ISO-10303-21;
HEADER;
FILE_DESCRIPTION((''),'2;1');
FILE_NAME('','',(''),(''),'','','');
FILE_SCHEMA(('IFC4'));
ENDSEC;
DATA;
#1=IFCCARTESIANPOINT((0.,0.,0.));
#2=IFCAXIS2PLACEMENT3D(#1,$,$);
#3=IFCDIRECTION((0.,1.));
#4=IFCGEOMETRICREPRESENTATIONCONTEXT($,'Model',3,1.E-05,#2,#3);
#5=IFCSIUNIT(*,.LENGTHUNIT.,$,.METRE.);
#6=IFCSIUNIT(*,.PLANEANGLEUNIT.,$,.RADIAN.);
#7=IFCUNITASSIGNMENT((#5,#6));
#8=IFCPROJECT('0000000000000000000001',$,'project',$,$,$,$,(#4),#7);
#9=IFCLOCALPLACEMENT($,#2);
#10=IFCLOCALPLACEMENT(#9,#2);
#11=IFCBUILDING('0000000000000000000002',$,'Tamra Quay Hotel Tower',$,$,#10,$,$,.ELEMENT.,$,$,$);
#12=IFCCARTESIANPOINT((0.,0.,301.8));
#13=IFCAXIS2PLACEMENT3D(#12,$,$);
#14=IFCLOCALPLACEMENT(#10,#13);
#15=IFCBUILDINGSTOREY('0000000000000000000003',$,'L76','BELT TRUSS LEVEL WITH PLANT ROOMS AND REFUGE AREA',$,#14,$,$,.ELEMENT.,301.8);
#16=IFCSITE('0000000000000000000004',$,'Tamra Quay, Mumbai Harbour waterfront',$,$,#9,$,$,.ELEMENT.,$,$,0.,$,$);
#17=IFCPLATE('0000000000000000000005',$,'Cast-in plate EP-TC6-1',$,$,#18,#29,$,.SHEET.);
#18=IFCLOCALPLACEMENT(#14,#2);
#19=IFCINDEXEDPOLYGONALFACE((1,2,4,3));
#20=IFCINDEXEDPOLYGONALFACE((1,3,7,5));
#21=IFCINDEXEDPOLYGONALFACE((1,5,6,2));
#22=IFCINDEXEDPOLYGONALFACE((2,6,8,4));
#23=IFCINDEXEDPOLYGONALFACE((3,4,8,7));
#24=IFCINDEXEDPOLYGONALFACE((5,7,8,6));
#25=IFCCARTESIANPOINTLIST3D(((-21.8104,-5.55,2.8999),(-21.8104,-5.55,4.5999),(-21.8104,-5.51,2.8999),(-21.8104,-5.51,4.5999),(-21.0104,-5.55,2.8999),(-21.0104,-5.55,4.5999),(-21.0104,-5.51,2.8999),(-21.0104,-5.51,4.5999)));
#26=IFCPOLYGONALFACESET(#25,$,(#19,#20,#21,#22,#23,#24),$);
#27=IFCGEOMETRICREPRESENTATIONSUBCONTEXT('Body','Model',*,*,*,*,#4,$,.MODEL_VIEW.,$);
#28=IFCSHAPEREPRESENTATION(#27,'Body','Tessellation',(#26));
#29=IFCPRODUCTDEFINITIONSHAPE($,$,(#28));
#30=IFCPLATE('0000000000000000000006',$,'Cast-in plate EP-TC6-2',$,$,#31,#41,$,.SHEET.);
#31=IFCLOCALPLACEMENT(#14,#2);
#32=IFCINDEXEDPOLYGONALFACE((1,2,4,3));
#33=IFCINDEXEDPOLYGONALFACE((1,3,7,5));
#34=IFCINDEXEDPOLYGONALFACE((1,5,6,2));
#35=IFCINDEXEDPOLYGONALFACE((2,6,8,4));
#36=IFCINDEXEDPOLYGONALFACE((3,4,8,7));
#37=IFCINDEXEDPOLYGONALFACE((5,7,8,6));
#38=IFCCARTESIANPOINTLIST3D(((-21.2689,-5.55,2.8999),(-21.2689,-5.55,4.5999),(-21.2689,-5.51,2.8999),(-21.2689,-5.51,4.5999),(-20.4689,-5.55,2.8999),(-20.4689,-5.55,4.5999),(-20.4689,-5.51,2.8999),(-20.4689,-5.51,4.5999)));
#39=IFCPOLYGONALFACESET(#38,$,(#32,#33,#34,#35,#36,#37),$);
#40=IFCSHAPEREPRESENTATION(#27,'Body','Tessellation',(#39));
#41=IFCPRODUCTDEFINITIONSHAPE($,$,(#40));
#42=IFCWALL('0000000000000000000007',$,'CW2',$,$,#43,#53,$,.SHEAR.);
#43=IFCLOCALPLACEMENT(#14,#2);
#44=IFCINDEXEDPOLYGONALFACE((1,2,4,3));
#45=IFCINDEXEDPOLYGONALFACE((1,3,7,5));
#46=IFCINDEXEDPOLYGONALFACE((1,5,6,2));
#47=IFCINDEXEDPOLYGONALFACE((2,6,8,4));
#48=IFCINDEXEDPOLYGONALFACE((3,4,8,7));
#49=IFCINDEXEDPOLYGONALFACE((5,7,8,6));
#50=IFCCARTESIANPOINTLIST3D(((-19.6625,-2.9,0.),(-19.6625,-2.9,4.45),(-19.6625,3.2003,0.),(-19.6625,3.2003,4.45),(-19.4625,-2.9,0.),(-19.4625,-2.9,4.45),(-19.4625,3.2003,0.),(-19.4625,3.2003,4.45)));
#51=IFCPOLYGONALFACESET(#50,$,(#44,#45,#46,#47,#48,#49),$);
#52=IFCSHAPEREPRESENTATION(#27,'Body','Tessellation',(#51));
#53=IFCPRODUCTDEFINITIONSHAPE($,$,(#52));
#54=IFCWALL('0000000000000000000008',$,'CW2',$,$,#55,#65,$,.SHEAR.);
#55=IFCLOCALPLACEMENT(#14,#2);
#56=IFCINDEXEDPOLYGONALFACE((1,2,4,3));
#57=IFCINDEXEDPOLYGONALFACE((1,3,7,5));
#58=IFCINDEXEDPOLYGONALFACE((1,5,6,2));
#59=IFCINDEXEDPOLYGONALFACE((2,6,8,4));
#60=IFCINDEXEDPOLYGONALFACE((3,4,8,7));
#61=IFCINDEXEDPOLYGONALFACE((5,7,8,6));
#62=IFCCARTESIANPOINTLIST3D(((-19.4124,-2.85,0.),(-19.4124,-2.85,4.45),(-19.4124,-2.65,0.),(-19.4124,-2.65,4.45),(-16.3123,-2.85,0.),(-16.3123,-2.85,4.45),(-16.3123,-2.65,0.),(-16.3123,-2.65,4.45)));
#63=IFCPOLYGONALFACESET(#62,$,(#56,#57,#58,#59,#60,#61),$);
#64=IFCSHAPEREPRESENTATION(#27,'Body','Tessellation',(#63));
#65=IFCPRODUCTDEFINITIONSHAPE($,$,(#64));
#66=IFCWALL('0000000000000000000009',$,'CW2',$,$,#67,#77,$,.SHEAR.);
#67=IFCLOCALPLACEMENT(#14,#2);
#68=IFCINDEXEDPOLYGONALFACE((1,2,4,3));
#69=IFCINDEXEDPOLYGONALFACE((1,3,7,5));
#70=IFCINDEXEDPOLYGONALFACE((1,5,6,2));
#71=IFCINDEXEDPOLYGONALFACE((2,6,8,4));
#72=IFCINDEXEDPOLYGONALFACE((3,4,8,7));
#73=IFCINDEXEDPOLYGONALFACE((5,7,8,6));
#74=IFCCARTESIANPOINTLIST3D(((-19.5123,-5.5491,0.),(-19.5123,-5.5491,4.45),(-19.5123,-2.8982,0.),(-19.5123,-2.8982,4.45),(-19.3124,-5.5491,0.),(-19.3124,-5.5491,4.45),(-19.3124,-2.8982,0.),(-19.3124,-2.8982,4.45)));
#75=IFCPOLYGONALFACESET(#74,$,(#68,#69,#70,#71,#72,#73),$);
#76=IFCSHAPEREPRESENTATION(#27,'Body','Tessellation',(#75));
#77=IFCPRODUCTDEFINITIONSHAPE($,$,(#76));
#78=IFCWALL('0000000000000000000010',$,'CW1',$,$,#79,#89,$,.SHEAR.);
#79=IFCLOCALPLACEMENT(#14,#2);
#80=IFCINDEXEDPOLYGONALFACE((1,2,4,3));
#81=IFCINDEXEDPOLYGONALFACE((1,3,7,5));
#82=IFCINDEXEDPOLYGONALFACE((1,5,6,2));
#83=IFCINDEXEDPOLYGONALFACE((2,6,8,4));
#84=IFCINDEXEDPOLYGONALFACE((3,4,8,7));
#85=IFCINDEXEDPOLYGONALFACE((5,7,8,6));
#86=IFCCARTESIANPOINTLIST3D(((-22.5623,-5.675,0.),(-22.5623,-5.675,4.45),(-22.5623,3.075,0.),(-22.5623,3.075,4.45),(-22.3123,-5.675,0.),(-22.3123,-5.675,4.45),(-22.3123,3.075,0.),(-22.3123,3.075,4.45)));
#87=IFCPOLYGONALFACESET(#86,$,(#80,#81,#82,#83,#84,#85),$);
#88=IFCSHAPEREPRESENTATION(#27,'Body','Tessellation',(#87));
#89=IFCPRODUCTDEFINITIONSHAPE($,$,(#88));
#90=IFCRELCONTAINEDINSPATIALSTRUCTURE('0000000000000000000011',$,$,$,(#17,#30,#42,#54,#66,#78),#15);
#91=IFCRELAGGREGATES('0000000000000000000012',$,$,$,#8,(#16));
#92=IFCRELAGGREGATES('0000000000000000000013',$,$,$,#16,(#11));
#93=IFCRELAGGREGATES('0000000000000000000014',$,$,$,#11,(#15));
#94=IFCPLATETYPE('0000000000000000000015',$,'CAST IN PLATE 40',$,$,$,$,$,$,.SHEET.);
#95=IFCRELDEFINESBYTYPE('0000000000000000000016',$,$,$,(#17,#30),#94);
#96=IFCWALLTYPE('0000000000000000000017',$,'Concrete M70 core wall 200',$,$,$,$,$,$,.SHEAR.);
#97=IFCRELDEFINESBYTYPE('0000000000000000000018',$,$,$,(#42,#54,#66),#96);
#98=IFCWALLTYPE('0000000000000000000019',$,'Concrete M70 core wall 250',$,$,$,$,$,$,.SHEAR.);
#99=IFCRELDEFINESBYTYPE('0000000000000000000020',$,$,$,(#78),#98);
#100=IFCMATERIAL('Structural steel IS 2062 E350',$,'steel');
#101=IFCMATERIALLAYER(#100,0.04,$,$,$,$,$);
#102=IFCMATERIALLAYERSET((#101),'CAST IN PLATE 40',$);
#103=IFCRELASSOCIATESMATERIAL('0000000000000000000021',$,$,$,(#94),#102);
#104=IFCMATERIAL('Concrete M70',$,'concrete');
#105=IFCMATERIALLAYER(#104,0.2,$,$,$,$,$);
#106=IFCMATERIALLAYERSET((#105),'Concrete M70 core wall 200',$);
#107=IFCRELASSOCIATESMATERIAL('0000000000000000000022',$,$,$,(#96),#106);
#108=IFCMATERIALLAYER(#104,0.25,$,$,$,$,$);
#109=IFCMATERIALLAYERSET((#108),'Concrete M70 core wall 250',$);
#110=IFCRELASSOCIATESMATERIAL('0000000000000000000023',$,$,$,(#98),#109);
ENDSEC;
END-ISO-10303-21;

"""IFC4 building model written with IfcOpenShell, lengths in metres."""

from ifc_helpers import new_model, si_unit, direction, frame, frame_2d, origin, origin_2d, place, context, subcontext, project, spatial, rectangle, extrude, material, layer, layer_set, type_object, element, save


model = new_model("IFC4")

# Units and contexts
model_context = context("Model", 3, precision=1e-05, world=origin(), true_north=direction((0.0, 1.0)))
body_context = subcontext(model_context, "Body", "Model", "MODEL_VIEW")
ifc_project = project(units=[si_unit("LENGTHUNIT", "METRE"), si_unit("PLANEANGLEUNIT", "RADIAN")], contexts=[model_context])

# Site, building, storey
site_placement = place(None, origin())
site = spatial("IfcSite", under=ifc_project, at=site_placement, Name="Tamra Quay, Mumbai Harbour waterfront", CompositionType="ELEMENT", RefElevation=0.0)
building_placement = place(site_placement, origin())
building = spatial("IfcBuilding", under=site, at=building_placement, Name="Tamra Quay Hotel Tower", CompositionType="ELEMENT")
storey_placement = place(building_placement, frame((0.0, 0.0, 301.8)))
storey = spatial("IfcBuildingStorey", under=building, at=storey_placement, Name="L76", Description="BELT TRUSS LEVEL WITH PLANT ROOMS AND REFUGE AREA", CompositionType="ELEMENT", Elevation=301.8)

# Shared definitions
ifc_material_1 = material(Name="Concrete M70", Category="concrete")

# Shared definitions
ifc_material_2 = material(Name="Structural steel IS 2062 E350", Category="steel")

# Plates
ifc_layer_1 = layer(ifc_material_2, 0.04)
ifc_layer_set_1 = layer_set([ifc_layer_1], Name="CAST IN PLATE 40")
plate_type_1 = type_object("IfcPlateType", Name="CAST IN PLATE 40", PredefinedType="SHEET", material=ifc_layer_set_1)
for number, where, z_axis, x_axis, name in (
    (1, (-21.4104, -5.53, 2.8999), (0.0, 0.0, 1.0), (0.0, 1.0, 0.0), "Cast-in plate EP-TC6-1"),
    (2, (-20.8689, -5.53, 2.8999), (0.0, 0.0, 1.0), (0.0, 1.0, 0.0), "Cast-in plate EP-TC6-2"),
):
    element("IfcPlate", number, at=place(storey_placement, frame(where, z_axis=z_axis, x_axis=x_axis)), inside=storey, type_object=plate_type_1, Name=name, PredefinedType="SHEET", context=body_context, shape_type="SweptSolid", body=[
        extrude(rectangle(XDim=0.04, YDim=0.8, at=origin_2d()), origin(), (0.0, 0.0, 1.0), 1.7),
    ])

# Walls
ifc_layer_2 = layer(ifc_material_1, 0.2)
ifc_layer_set_2 = layer_set([ifc_layer_2], Name="Concrete M70 core wall 200")
wall_type_1 = type_object("IfcWallType", Name="Concrete M70 core wall 200", PredefinedType="SHEAR", material=ifc_layer_set_2)
wall_1_placement = place(storey_placement, frame((-19.5625, -2.9001, 0.0), z_axis=(0.0, 0.0, 1.0), x_axis=(0.0, 1.0, 0.0)))
element("IfcWall", 3, at=wall_1_placement, inside=storey, type_object=wall_type_1, Name="CW2", PredefinedType="SHEAR", context=body_context, shape_type="SweptSolid", body=[
    extrude(rectangle(XDim=6.1003, YDim=0.2, at=frame_2d((3.0503, 0.0))), origin(), (0.0, 0.0, 1.0), 4.45),
])
wall_2_placement = place(storey_placement, frame((-19.4124, -2.75, 0.0), z_axis=(0.0, 0.0, 1.0), x_axis=(1.0, 0.0, 0.0)))
element("IfcWall", 4, at=wall_2_placement, inside=storey, type_object=wall_type_1, Name="CW2", PredefinedType="SHEAR", context=body_context, shape_type="SweptSolid", body=[
    extrude(rectangle(XDim=3.1001, YDim=0.2, at=frame_2d((1.55, 0.0))), origin(), (0.0, 0.0, 1.0), 4.45),
])
wall_3_placement = place(storey_placement, frame((-19.4124, -5.5491, 0.0), z_axis=(0.0, 0.0, 1.0), x_axis=(0.0, 1.0, 0.0)))
element("IfcWall", 5, at=wall_3_placement, inside=storey, type_object=wall_type_1, Name="CW2", PredefinedType="SHEAR", context=body_context, shape_type="SweptSolid", body=[
    extrude(rectangle(XDim=2.6509, YDim=0.2, at=frame_2d((1.3254, 0.0))), origin(), (0.0, 0.0, 1.0), 4.45),
])
ifc_layer_3 = layer(ifc_material_1, 0.25)
ifc_layer_set_3 = layer_set([ifc_layer_3], Name="Concrete M70 core wall 250")
wall_type_2 = type_object("IfcWallType", Name="Concrete M70 core wall 250", PredefinedType="SHEAR", material=ifc_layer_set_3)
wall_4_placement = place(storey_placement, frame((-22.4373, -5.675, 0.0), z_axis=(0.0, 0.0, 1.0), x_axis=(0.0, 1.0, 0.0)))
element("IfcWall", 6, at=wall_4_placement, inside=storey, type_object=wall_type_2, Name="CW1", PredefinedType="SHEAR", context=body_context, shape_type="SweptSolid", body=[
    extrude(rectangle(XDim=8.75, YDim=0.25, at=frame_2d((4.375, 0.0))), origin(), (0.0, 0.0, 1.0), 4.45),
])

save(model, "model.ifc")
